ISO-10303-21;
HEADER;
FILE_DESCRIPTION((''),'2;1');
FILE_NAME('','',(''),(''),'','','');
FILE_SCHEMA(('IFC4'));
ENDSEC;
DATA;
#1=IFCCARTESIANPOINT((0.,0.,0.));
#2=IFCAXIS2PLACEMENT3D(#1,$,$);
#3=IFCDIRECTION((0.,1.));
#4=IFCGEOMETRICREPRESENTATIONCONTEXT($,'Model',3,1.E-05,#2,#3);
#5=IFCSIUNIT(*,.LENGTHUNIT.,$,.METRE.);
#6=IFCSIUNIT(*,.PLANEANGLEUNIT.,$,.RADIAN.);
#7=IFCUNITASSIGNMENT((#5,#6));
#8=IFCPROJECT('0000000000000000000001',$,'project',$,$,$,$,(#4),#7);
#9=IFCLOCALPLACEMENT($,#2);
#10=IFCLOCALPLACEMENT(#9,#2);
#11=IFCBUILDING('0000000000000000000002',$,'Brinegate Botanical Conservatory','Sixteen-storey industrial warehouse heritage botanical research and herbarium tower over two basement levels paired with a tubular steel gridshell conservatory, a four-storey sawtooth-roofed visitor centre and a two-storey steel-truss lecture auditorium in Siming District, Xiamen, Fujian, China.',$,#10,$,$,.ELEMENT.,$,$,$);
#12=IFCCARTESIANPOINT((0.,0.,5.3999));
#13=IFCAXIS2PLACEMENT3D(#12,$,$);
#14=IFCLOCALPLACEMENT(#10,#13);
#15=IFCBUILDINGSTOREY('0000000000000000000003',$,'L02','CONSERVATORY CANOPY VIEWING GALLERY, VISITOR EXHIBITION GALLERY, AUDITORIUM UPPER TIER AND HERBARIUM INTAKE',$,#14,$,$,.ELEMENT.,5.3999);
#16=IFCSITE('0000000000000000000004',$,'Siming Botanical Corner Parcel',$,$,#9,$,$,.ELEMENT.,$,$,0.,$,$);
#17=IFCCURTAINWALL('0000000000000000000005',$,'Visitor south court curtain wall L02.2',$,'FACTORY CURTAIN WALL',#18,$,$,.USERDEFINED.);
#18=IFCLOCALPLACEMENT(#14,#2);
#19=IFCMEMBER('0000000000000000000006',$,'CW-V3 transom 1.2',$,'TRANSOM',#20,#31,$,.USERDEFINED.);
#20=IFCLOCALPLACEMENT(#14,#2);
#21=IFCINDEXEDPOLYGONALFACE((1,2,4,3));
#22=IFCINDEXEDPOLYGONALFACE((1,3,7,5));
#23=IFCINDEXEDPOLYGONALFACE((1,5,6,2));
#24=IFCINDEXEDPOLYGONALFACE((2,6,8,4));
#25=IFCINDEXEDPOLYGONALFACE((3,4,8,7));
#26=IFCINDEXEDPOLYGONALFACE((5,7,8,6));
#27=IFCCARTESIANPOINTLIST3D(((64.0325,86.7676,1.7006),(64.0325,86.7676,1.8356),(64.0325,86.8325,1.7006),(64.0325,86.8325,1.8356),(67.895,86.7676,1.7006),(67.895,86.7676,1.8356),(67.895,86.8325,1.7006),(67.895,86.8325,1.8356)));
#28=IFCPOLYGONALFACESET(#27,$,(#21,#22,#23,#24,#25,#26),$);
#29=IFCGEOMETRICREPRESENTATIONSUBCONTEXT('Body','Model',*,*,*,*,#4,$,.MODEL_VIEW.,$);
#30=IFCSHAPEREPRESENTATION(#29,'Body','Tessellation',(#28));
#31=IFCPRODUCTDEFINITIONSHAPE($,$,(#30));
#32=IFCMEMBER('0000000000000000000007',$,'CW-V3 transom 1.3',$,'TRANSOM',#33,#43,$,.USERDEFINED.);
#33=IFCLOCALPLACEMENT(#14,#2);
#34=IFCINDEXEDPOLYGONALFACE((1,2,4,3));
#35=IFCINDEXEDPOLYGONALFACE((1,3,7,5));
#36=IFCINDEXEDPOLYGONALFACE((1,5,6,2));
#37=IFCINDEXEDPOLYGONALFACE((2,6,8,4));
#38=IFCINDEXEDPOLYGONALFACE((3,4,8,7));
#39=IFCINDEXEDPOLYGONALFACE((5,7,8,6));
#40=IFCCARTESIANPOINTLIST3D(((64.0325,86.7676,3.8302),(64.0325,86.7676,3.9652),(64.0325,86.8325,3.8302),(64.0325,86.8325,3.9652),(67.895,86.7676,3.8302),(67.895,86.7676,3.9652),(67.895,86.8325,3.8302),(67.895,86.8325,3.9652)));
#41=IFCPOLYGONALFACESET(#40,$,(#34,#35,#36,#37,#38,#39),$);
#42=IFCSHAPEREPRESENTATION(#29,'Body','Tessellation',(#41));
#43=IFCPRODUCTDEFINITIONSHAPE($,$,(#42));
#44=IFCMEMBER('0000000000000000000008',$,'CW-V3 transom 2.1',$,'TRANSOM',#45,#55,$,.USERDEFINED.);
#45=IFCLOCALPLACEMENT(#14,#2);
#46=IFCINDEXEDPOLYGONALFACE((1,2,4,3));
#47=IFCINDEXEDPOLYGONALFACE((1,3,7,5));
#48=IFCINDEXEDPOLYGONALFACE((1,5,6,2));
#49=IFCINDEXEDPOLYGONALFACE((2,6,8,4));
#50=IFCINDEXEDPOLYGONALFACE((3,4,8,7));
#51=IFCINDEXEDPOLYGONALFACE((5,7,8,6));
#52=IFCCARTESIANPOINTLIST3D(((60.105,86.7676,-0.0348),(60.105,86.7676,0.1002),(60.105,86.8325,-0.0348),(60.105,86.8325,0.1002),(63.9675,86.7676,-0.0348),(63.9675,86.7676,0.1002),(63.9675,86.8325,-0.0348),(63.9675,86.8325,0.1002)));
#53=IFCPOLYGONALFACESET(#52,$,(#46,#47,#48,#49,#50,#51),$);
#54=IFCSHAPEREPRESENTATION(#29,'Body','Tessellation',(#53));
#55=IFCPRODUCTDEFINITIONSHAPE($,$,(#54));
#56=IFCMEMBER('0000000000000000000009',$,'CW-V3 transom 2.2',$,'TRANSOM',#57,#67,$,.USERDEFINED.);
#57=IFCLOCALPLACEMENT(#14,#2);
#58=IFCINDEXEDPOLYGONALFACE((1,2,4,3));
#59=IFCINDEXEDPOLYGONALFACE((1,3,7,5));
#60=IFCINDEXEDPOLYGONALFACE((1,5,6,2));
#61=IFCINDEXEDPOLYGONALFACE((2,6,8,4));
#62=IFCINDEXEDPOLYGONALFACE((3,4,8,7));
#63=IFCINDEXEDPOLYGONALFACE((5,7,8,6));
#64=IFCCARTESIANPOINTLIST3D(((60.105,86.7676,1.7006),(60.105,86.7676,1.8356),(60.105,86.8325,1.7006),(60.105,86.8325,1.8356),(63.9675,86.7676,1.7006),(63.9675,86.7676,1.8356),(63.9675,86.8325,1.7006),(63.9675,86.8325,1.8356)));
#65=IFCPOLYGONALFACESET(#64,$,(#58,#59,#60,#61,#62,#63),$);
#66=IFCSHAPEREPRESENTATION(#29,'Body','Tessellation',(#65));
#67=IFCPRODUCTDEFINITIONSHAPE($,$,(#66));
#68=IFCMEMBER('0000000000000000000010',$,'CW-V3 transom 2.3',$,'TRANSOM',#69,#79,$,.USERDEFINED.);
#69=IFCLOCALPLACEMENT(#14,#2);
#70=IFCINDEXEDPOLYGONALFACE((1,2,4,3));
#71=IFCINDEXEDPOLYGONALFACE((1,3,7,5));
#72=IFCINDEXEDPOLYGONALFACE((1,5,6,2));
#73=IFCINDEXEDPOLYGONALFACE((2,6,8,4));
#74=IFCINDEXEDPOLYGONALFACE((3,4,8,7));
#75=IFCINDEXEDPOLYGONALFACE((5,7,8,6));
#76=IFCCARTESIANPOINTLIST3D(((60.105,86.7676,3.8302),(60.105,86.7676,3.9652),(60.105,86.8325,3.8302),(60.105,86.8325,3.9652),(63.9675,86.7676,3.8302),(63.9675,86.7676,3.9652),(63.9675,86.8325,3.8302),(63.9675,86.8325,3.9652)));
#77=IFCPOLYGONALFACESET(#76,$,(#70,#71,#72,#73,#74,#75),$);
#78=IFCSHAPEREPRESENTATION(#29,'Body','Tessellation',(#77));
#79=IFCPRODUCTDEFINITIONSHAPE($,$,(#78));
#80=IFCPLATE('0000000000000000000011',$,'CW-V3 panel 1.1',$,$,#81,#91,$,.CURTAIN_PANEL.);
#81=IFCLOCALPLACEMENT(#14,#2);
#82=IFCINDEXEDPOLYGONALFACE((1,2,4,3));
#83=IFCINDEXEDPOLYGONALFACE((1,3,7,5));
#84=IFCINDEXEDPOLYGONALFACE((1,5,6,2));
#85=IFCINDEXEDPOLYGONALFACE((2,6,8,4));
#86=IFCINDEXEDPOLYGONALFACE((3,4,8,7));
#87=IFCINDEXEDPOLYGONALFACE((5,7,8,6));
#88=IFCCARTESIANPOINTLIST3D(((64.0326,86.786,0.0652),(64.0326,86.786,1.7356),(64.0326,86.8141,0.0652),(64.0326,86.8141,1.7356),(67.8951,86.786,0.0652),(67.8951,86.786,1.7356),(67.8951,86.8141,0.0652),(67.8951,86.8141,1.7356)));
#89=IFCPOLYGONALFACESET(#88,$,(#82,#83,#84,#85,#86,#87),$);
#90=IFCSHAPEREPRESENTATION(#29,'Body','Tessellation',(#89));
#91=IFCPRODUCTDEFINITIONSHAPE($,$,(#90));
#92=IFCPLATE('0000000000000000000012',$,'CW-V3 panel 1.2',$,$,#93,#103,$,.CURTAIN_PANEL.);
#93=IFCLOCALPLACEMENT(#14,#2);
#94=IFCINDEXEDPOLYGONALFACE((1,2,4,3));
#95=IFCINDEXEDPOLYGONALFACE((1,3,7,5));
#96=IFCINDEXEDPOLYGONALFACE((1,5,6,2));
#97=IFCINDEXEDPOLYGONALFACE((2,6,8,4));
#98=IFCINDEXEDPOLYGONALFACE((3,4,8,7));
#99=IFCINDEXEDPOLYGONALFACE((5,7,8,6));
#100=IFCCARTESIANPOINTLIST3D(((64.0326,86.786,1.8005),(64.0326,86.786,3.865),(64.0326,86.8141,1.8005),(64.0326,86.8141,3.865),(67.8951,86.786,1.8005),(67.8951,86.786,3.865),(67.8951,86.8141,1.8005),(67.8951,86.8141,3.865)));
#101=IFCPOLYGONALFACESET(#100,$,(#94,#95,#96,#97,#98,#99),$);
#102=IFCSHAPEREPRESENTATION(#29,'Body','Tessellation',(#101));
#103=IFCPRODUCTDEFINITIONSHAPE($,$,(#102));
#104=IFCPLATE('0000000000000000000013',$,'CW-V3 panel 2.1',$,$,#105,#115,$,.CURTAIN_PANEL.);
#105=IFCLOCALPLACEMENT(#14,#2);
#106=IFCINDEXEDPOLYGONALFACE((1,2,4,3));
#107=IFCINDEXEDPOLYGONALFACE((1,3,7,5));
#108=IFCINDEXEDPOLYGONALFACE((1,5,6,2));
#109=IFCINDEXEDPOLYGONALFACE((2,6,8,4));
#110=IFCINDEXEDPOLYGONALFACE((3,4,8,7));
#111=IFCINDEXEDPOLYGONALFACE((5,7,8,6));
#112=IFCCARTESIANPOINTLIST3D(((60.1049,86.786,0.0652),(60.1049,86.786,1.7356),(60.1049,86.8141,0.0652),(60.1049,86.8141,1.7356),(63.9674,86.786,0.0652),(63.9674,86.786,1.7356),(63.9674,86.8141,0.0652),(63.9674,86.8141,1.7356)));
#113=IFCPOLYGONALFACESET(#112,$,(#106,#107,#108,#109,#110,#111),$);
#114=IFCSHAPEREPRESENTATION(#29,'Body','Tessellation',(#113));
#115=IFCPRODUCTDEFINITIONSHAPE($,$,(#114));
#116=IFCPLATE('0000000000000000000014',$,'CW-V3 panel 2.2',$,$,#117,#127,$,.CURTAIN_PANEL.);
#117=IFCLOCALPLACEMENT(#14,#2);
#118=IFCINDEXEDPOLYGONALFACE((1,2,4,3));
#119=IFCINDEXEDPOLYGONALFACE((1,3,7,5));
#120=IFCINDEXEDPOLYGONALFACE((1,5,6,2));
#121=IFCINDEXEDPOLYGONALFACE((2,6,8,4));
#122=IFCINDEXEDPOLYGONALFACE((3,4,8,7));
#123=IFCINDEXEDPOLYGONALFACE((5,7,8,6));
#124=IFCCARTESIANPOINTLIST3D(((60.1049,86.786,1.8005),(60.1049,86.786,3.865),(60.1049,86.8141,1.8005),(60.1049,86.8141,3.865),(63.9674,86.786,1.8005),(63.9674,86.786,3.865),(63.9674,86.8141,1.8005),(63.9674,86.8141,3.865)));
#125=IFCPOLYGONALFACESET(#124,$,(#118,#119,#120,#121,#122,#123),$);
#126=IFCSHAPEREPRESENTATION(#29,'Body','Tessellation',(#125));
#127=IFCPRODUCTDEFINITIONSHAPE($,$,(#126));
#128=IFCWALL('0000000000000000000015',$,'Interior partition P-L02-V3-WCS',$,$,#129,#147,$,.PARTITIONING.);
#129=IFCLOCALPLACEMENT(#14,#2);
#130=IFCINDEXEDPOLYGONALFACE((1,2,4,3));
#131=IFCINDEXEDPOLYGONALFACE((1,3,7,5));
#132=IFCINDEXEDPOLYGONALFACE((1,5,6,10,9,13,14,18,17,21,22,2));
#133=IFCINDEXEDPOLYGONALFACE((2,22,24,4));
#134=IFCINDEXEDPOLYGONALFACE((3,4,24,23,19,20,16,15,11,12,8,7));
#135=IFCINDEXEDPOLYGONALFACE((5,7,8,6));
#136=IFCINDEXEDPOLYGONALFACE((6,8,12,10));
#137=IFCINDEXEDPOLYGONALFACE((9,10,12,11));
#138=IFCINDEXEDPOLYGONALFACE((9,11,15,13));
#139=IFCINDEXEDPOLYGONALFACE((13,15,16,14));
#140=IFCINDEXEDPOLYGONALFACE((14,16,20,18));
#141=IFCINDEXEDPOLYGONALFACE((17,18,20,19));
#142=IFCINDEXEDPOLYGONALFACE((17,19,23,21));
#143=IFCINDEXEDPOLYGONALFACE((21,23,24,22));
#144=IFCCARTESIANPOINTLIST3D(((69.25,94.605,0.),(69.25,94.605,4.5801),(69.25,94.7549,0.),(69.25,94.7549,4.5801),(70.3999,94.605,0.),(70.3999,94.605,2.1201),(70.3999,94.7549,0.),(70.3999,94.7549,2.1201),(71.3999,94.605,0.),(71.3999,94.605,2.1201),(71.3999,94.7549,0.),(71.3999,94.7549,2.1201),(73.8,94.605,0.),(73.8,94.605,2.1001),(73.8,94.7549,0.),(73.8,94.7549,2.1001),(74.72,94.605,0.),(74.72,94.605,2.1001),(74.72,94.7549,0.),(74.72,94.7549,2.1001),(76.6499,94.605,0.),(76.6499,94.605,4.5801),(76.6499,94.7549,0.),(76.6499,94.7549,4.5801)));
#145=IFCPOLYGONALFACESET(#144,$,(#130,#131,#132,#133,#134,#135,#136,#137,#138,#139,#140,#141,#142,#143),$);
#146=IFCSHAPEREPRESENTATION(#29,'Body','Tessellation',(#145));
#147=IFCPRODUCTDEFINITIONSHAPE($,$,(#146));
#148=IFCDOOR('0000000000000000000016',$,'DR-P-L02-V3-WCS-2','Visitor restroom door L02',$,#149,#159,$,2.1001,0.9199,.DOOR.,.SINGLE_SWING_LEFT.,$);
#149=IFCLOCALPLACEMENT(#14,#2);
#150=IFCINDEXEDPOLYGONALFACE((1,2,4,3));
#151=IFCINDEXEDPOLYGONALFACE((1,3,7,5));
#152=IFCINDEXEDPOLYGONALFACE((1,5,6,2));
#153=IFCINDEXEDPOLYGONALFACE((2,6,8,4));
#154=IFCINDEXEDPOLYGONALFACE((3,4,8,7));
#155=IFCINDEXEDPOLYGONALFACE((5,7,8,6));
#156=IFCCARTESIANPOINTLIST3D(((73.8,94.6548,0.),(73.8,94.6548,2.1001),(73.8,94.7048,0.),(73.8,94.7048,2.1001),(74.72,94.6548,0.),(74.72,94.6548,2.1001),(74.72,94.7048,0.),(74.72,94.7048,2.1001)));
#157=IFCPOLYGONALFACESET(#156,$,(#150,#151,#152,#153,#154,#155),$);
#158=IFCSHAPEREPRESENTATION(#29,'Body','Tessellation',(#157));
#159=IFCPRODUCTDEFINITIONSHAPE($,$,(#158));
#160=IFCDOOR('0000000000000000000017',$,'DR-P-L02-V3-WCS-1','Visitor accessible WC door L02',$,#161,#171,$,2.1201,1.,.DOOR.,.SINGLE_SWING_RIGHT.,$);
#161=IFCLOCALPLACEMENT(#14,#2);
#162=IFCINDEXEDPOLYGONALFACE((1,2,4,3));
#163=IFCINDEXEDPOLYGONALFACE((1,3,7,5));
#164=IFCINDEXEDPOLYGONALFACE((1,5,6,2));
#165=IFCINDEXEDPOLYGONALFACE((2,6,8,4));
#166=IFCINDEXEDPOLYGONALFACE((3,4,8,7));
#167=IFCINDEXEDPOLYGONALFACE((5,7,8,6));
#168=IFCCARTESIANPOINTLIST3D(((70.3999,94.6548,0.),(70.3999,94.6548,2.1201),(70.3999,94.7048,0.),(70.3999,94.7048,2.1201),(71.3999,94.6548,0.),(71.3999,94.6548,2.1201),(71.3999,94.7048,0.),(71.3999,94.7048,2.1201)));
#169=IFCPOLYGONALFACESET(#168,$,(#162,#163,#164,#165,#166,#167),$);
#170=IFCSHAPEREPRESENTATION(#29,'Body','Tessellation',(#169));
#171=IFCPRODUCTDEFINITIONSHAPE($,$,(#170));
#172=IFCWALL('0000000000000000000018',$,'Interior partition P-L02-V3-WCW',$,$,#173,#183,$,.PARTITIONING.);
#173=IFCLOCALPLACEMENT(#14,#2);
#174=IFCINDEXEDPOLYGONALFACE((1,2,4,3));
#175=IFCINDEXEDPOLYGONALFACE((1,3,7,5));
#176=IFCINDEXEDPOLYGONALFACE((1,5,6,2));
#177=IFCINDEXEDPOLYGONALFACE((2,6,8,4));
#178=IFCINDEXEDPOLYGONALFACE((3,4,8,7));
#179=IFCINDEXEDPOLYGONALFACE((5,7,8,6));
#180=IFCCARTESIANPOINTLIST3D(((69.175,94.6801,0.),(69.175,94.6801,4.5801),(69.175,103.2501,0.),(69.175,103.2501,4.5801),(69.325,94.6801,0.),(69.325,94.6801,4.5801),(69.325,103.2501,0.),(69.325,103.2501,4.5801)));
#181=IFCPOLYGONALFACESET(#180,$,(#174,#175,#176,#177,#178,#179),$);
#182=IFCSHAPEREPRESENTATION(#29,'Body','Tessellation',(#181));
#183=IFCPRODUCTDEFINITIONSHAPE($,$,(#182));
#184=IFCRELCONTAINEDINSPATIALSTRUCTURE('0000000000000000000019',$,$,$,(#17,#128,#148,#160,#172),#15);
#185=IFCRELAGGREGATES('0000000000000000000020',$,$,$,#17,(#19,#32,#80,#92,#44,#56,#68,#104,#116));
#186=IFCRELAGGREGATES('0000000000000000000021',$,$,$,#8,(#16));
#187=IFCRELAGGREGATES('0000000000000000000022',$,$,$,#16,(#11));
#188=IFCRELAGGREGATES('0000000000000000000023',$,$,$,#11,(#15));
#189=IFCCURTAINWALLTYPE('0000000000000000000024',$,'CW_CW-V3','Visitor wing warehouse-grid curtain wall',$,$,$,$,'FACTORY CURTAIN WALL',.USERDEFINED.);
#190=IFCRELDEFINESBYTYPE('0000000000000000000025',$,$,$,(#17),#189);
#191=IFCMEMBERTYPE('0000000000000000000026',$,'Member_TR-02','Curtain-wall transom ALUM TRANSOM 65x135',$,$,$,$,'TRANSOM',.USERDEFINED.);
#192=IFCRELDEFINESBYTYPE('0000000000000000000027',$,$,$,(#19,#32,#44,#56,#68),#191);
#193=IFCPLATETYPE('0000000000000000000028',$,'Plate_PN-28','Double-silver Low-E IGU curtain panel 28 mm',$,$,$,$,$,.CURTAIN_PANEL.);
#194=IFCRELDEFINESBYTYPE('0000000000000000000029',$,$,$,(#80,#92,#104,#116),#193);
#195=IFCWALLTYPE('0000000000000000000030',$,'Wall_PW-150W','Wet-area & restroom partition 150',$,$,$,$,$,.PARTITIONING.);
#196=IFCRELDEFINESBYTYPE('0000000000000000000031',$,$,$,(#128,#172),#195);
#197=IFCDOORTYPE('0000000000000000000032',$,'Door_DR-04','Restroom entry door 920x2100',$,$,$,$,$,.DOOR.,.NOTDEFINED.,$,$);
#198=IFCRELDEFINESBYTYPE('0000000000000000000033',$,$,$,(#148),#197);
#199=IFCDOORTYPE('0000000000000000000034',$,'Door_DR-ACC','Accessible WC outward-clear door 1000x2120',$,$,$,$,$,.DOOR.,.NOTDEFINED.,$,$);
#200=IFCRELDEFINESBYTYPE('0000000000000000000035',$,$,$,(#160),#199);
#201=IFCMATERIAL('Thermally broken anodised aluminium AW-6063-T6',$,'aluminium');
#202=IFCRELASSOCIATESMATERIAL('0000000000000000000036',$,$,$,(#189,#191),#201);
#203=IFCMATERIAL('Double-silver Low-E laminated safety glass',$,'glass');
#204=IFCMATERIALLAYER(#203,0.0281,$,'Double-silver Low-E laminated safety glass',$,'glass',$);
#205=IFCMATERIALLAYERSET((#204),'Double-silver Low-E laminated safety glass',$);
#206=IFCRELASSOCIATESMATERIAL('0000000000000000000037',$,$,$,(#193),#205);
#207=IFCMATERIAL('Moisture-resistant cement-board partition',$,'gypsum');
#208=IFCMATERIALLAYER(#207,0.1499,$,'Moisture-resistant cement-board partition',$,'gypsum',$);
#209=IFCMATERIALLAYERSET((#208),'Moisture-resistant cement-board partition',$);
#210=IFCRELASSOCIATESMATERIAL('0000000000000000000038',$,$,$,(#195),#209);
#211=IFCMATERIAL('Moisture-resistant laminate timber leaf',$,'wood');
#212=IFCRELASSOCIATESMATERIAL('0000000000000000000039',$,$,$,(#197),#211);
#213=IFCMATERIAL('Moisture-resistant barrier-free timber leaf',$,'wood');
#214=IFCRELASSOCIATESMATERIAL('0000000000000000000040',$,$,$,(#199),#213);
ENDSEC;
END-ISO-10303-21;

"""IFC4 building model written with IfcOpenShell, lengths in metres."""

from ifc_helpers import new_model, si_unit, direction, frame, frame_2d, origin, origin_2d, place, context, subcontext, project, spatial, rectangle, extrude, material, layer, layer_set, material_profile, profile_set, type_object, element, fill, aggregate, save


model = new_model("IFC4")

# Units and contexts
model_context = context("Model", 3, precision=1e-05, world=origin(), true_north=direction((0.0, 1.0)))
body_context = subcontext(model_context, "Body", "Model", "MODEL_VIEW")
ifc_project = project(units=[si_unit("LENGTHUNIT", "METRE"), si_unit("PLANEANGLEUNIT", "RADIAN")], contexts=[model_context])

# Site, building, storey
site_placement = place(None, origin())
site = spatial("IfcSite", under=ifc_project, at=site_placement, Name="Siming Botanical Corner Parcel", CompositionType="ELEMENT", RefElevation=0.0)
building_placement = place(site_placement, origin())
building = spatial("IfcBuilding", under=site, at=building_placement, Name="Brinegate Botanical Conservatory", Description="Sixteen-storey industrial warehouse heritage botanical research and herbarium tower over two basement levels paired with a tubular steel gridshell conservatory, a four-storey sawtooth-roofed visitor centre and a two-storey steel-truss lecture auditorium in Siming District, Xiamen, Fujian, China.", CompositionType="ELEMENT")
storey_placement = place(building_placement, frame((0.0, 0.0, 5.3999)))
storey = spatial("IfcBuildingStorey", under=building, at=storey_placement, Name="L02", Description="CONSERVATORY CANOPY VIEWING GALLERY, VISITOR EXHIBITION GALLERY, AUDITORIUM UPPER TIER AND HERBARIUM INTAKE", CompositionType="ELEMENT", Elevation=5.3999)

# Curtain wall, members, plates
ifc_material_1 = material(Name="Thermally broken anodised aluminium AW-6063-T6", Category="aluminium")
curtain_wall_type = type_object("IfcCurtainWallType", Name="CW_CW-V3", Description="Visitor wing warehouse-grid curtain wall", ElementType="FACTORY CURTAIN WALL", PredefinedType="USERDEFINED", material=ifc_material_1)
curtain_wall_placement = place(storey_placement, origin())
curtain_wall = element("IfcCurtainWall", 1, at=curtain_wall_placement, inside=storey, type_object=curtain_wall_type, Name="Visitor south court curtain wall L02.2", ObjectType="FACTORY CURTAIN WALL", PredefinedType="USERDEFINED")
ifc_material_profile_1 = material_profile(ifc_material_1, rectangle(XDim=0.0649, YDim=0.135, at=origin_2d()), Name="ALUM TRANSOM 65x135")
ifc_profile_set_1 = profile_set([ifc_material_profile_1], Name="Thermally broken anodised aluminium AW-6063-T6")
member_type_1 = type_object("IfcMemberType", Name="Member_TR-02", Description="Curtain-wall transom ALUM TRANSOM 65x135", ElementType="TRANSOM", PredefinedType="USERDEFINED", material=ifc_profile_set_1)
member_1_placement = place(storey_placement, frame((67.895, 86.8, 1.7681), z_axis=(-1.0, 0.0, 0.0), x_axis=(0.0, -1.0, 0.0)))
member_1 = element("IfcMember", 2, at=member_1_placement, type_object=member_type_1, Name="CW-V3 transom 1.2", ObjectType="TRANSOM", PredefinedType="USERDEFINED", context=body_context, shape_type="SweptSolid", body=[
    extrude(rectangle(XDim=0.0649, YDim=0.135, at=origin_2d()), origin(), (0.0, 0.0, 1.0), 3.8625),
])
member_2_placement = place(storey_placement, frame((67.895, 86.8, 3.8977), z_axis=(-1.0, 0.0, 0.0), x_axis=(0.0, -1.0, 0.0)))
member_2 = element("IfcMember", 3, at=member_2_placement, type_object=member_type_1, Name="CW-V3 transom 1.3", ObjectType="TRANSOM", PredefinedType="USERDEFINED", context=body_context, shape_type="SweptSolid", body=[
    extrude(rectangle(XDim=0.0649, YDim=0.135, at=origin_2d()), origin(), (0.0, 0.0, 1.0), 3.8625),
])
member_3_placement = place(storey_placement, frame((63.9675, 86.8, 0.0327), z_axis=(-1.0, 0.0, 0.0), x_axis=(0.0, -1.0, 0.0)))
member_3 = element("IfcMember", 4, at=member_3_placement, type_object=member_type_1, Name="CW-V3 transom 2.1", ObjectType="TRANSOM", PredefinedType="USERDEFINED", context=body_context, shape_type="SweptSolid", body=[
    extrude(rectangle(XDim=0.0649, YDim=0.135, at=origin_2d()), origin(), (0.0, 0.0, 1.0), 3.8625),
])
member_4_placement = place(storey_placement, frame((63.9675, 86.8, 1.7681), z_axis=(-1.0, 0.0, 0.0), x_axis=(0.0, -1.0, 0.0)))
member_4 = element("IfcMember", 5, at=member_4_placement, type_object=member_type_1, Name="CW-V3 transom 2.2", ObjectType="TRANSOM", PredefinedType="USERDEFINED", context=body_context, shape_type="SweptSolid", body=[
    extrude(rectangle(XDim=0.0649, YDim=0.135, at=origin_2d()), origin(), (0.0, 0.0, 1.0), 3.8625),
])
member_5_placement = place(storey_placement, frame((63.9675, 86.8, 3.8977), z_axis=(-1.0, 0.0, 0.0), x_axis=(0.0, -1.0, 0.0)))
member_5 = element("IfcMember", 6, at=member_5_placement, type_object=member_type_1, Name="CW-V3 transom 2.3", ObjectType="TRANSOM", PredefinedType="USERDEFINED", context=body_context, shape_type="SweptSolid", body=[
    extrude(rectangle(XDim=0.0649, YDim=0.135, at=origin_2d()), origin(), (0.0, 0.0, 1.0), 3.8625),
])
ifc_material_2 = material(Name="Double-silver Low-E laminated safety glass", Category="glass")
ifc_layer_1 = layer(ifc_material_2, 0.0281, Name="Double-silver Low-E laminated safety glass", Category="glass")
ifc_layer_set_1 = layer_set([ifc_layer_1], Name="Double-silver Low-E laminated safety glass")
plate_type = type_object("IfcPlateType", Name="Plate_PN-28", Description="Double-silver Low-E IGU curtain panel 28 mm", PredefinedType="CURTAIN_PANEL", material=ifc_layer_set_1)
plate_1_placement = place(storey_placement, frame((65.9639, 86.8, 0.0652), z_axis=(0.0, 0.0, 1.0), x_axis=(-1.0, 0.0, 0.0)))
plate_1 = element("IfcPlate", 7, at=plate_1_placement, type_object=plate_type, Name="CW-V3 panel 1.1", PredefinedType="CURTAIN_PANEL", context=body_context, shape_type="SweptSolid", body=[
    extrude(rectangle(XDim=3.8625, YDim=0.0281, at=origin_2d()), origin(), (0.0, 0.0, 1.0), 1.6704),
])
plate_2_placement = place(storey_placement, frame((65.9639, 86.8, 1.8005), z_axis=(0.0, 0.0, 1.0), x_axis=(-1.0, 0.0, 0.0)))
plate_2 = element("IfcPlate", 8, at=plate_2_placement, type_object=plate_type, Name="CW-V3 panel 1.2", PredefinedType="CURTAIN_PANEL", context=body_context, shape_type="SweptSolid", body=[
    extrude(rectangle(XDim=3.8625, YDim=0.0281, at=origin_2d()), origin(), (0.0, 0.0, 1.0), 2.0645),
])
plate_3_placement = place(storey_placement, frame((62.0361, 86.8, 0.0652), z_axis=(0.0, 0.0, 1.0), x_axis=(-1.0, 0.0, 0.0)))
plate_3 = element("IfcPlate", 9, at=plate_3_placement, type_object=plate_type, Name="CW-V3 panel 2.1", PredefinedType="CURTAIN_PANEL", context=body_context, shape_type="SweptSolid", body=[
    extrude(rectangle(XDim=3.8625, YDim=0.0281, at=origin_2d()), origin(), (0.0, 0.0, 1.0), 1.6704),
])
plate_4_placement = place(storey_placement, frame((62.0361, 86.8, 1.8005), z_axis=(0.0, 0.0, 1.0), x_axis=(-1.0, 0.0, 0.0)))
plate_4 = element("IfcPlate", 10, at=plate_4_placement, type_object=plate_type, Name="CW-V3 panel 2.2", PredefinedType="CURTAIN_PANEL", context=body_context, shape_type="SweptSolid", body=[
    extrude(rectangle(XDim=3.8625, YDim=0.0281, at=origin_2d()), origin(), (0.0, 0.0, 1.0), 2.0645),
])
aggregate(curtain_wall, [member_1, member_2, plate_1, plate_2, member_3, member_4, member_5, plate_3, plate_4])

# Wall, openings, doors
ifc_material_3 = material(Name="Moisture-resistant cement-board partition", Category="gypsum")
ifc_layer_2 = layer(ifc_material_3, 0.1499, Name="Moisture-resistant cement-board partition", Category="gypsum")
ifc_layer_set_2 = layer_set([ifc_layer_2], Name="Moisture-resistant cement-board partition")
wall_type_1 = type_object("IfcWallType", Name="Wall_PW-150W", Description="Wet-area & restroom partition 150", PredefinedType="PARTITIONING", material=ifc_layer_set_2)
wall_1_placement = place(storey_placement, frame((69.25, 94.6799, 0.0), z_axis=(0.0, 0.0, 1.0), x_axis=(1.0, 0.0, 0.0)))
wall_1 = element("IfcWall", 11, at=wall_1_placement, inside=storey, type_object=wall_type_1, Name="Interior partition P-L02-V3-WCS", PredefinedType="PARTITIONING", context=body_context, shape_type="SweptSolid", body=[
    extrude(rectangle(XDim=7.3999, YDim=0.1499, at=frame_2d((3.7, 0.0))), origin(), (0.0, 0.0, 1.0), 4.5801),
])
opening_1_placement = place(wall_1_placement, frame((1.1499, 0.0, 0.0)))
opening_1 = element("IfcOpeningElement", 12, at=opening_1_placement, cuts=wall_1, PredefinedType="OPENING", context=body_context, shape_type="SweptSolid", body=[
    extrude(rectangle(XDim=1.0, YDim=2.1201, at=frame_2d((0.5, 1.0601))), frame((0.0, 0.085, 0.0), z_axis=(0.0, -1.0, 0.0), x_axis=(1.0, 0.0, 0.0)), (0.0, 0.0, 1.0), 0.1699),
])
opening_2_placement = place(wall_1_placement, frame((4.55, 0.0, 0.0)))
opening_2 = element("IfcOpeningElement", 13, at=opening_2_placement, cuts=wall_1, PredefinedType="OPENING", context=body_context, shape_type="SweptSolid", body=[
    extrude(rectangle(XDim=0.9199, YDim=2.1001, at=frame_2d((0.46, 1.05))), frame((0.0, 0.085, 0.0), z_axis=(0.0, -1.0, 0.0), x_axis=(1.0, 0.0, 0.0)), (0.0, 0.0, 1.0), 0.1699),
])
ifc_material_4 = material(Name="Moisture-resistant laminate timber leaf", Category="wood")
door_type_1 = type_object("IfcDoorType", Name="Door_DR-04", Description="Restroom entry door 920x2100", OperationType="NOTDEFINED", PredefinedType="DOOR", material=ifc_material_4)
door_1_placement = place(opening_2_placement, origin())
door_1 = element("IfcDoor", 14, at=door_1_placement, inside=storey, type_object=door_type_1, Name="DR-P-L02-V3-WCS-2", Description="Visitor restroom door L02", OperationType="SINGLE_SWING_LEFT", OverallHeight=2.1001, OverallWidth=0.9199, PredefinedType="DOOR", context=body_context, shape_type="SweptSolid", body=[
    extrude(rectangle(XDim=0.9199, YDim=2.1001, at=frame_2d((0.46, 1.05))), frame((0.0, 0.0249, 0.0), z_axis=(0.0, -1.0, 0.0), x_axis=(1.0, 0.0, 0.0)), (0.0, 0.0, 1.0), 0.05),
])
fill(opening_2, door_1)
ifc_material_5 = material(Name="Moisture-resistant barrier-free timber leaf", Category="wood")
door_type_2 = type_object("IfcDoorType", Name="Door_DR-ACC", Description="Accessible WC outward-clear door 1000x2120", OperationType="NOTDEFINED", PredefinedType="DOOR", material=ifc_material_5)
door_2_placement = place(opening_1_placement, origin())
door_2 = element("IfcDoor", 15, at=door_2_placement, inside=storey, type_object=door_type_2, Name="DR-P-L02-V3-WCS-1", Description="Visitor accessible WC door L02", OperationType="SINGLE_SWING_RIGHT", OverallHeight=2.1201, OverallWidth=1.0, PredefinedType="DOOR", context=body_context, shape_type="SweptSolid", body=[
    extrude(rectangle(XDim=1.0, YDim=2.1201, at=frame_2d((0.5, 1.0601))), frame((0.0, 0.0249, 0.0), z_axis=(0.0, -1.0, 0.0), x_axis=(1.0, 0.0, 0.0)), (0.0, 0.0, 1.0), 0.05),
])
fill(opening_1, door_2)

# Wall
wall_2_placement = place(storey_placement, frame((69.25, 94.6799, 0.0), z_axis=(0.0, 0.0, 1.0), x_axis=(0.0, 1.0, 0.0)))
element("IfcWall", 16, at=wall_2_placement, inside=storey, type_object=wall_type_1, Name="Interior partition P-L02-V3-WCW", PredefinedType="PARTITIONING", context=body_context, shape_type="SweptSolid", body=[
    extrude(rectangle(XDim=8.5701, YDim=0.1499, at=frame_2d((4.2852, 0.0))), origin(), (0.0, 0.0, 1.0), 4.5801),
])

save(model, "model.ifc")
